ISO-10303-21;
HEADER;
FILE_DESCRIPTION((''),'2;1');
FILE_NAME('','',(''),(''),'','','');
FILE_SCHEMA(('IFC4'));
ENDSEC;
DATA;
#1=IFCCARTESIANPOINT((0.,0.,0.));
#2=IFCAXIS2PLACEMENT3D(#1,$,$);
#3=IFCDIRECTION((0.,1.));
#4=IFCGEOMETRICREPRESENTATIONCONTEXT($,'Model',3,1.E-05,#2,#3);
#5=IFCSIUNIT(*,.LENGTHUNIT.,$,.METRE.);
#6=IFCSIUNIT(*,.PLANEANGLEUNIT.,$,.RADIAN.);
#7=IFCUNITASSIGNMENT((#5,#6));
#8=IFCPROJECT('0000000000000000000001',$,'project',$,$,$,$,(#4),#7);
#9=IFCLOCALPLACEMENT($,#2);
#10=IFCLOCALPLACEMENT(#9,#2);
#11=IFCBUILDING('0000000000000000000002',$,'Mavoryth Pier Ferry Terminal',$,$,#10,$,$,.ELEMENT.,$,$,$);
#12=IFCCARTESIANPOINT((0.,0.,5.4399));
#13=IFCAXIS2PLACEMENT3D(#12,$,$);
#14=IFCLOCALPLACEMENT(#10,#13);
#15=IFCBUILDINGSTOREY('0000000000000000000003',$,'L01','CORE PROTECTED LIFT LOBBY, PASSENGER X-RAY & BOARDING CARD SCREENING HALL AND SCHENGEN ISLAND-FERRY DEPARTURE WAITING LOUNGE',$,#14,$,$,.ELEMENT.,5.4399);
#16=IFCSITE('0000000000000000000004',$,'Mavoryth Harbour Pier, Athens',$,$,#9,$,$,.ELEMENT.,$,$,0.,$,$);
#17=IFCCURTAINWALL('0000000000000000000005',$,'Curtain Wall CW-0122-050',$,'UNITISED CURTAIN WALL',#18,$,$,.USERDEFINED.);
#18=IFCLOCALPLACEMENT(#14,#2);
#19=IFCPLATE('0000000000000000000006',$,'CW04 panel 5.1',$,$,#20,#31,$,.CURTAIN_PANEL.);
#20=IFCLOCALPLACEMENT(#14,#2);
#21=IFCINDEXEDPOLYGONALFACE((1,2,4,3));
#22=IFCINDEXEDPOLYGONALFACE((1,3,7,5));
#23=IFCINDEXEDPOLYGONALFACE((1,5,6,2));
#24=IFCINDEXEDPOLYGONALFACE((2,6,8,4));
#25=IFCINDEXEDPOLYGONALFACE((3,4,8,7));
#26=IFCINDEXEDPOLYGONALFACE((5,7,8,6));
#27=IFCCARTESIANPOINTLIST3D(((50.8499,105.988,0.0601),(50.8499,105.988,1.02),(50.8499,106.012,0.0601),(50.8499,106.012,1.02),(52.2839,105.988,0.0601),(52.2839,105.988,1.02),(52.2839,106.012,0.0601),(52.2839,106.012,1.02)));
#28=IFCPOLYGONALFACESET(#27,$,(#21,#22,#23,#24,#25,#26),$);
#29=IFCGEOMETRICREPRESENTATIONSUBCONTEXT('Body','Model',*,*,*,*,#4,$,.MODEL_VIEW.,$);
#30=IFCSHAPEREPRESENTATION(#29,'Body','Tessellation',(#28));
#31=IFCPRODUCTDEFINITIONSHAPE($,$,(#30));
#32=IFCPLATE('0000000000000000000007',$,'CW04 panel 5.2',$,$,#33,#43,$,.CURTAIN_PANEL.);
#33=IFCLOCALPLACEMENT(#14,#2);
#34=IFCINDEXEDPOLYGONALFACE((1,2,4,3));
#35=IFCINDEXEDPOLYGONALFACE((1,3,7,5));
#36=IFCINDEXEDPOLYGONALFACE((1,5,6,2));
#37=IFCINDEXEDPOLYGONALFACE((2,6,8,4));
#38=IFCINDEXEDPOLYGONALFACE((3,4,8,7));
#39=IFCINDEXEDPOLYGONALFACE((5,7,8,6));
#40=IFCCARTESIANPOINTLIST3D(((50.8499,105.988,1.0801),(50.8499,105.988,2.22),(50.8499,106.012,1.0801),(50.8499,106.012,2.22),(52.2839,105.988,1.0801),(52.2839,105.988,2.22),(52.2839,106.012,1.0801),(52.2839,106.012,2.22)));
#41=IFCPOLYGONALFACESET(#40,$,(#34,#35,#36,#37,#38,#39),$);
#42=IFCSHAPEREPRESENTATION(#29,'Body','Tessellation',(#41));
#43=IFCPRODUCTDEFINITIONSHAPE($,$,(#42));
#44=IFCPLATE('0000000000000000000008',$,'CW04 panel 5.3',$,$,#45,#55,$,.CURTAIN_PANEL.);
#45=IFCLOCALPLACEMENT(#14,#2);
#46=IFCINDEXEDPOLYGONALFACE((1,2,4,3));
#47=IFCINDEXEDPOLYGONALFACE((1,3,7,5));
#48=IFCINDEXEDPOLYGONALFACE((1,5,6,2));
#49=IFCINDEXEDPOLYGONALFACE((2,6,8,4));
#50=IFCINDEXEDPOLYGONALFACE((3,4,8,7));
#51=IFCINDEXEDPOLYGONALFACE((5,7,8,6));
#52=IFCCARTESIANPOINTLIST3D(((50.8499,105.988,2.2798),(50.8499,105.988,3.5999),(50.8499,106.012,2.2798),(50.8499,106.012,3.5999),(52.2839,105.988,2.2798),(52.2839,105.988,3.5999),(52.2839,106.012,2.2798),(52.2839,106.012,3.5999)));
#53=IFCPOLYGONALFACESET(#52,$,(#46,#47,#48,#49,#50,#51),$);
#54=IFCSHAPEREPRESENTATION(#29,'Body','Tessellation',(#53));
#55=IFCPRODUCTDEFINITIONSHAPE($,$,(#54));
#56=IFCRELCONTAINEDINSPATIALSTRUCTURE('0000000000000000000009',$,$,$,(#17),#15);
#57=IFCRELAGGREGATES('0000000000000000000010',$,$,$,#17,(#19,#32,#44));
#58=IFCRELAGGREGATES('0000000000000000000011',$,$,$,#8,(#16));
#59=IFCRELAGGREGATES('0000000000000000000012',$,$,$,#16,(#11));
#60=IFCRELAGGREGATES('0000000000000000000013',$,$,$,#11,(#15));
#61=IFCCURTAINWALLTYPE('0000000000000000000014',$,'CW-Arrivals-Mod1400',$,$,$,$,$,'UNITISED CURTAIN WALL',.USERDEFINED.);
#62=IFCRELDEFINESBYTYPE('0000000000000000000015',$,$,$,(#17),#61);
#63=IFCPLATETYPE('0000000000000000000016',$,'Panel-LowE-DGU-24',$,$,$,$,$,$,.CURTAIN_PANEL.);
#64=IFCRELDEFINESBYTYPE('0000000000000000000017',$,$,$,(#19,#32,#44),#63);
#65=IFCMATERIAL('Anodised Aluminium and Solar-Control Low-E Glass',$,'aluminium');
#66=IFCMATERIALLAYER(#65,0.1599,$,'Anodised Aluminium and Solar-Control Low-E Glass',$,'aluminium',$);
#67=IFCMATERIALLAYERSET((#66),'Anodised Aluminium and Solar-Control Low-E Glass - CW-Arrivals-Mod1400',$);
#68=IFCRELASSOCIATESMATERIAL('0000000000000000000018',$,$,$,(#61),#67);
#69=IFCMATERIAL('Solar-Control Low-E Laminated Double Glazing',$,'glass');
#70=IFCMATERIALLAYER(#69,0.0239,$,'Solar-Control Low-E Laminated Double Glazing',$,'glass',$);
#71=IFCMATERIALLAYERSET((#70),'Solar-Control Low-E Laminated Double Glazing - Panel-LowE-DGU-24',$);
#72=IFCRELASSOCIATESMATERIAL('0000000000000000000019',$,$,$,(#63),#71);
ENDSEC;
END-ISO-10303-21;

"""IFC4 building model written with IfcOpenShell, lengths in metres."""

from ifc_helpers import new_model, si_unit, direction, frame, origin, origin_2d, place, context, subcontext, project, spatial, rectangle, extrude, material, layer, layer_set, type_object, element, aggregate, save


model = new_model("IFC4")

# Units and contexts
model_context = context("Model", 3, precision=1e-05, world=origin(), true_north=direction((0.0, 1.0)))
body_context = subcontext(model_context, "Body", "Model", "MODEL_VIEW")
ifc_project = project(units=[si_unit("LENGTHUNIT", "METRE"), si_unit("PLANEANGLEUNIT", "RADIAN")], contexts=[model_context])

# Site, building, storey
site_placement = place(None, origin())
site = spatial("IfcSite", under=ifc_project, at=site_placement, Name="Mavoryth Harbour Pier, Athens", CompositionType="ELEMENT", RefElevation=0.0)
building_placement = place(site_placement, origin())
building = spatial("IfcBuilding", under=site, at=building_placement, Name="Mavoryth Pier Ferry Terminal", CompositionType="ELEMENT")
storey_placement = place(building_placement, frame((0.0, 0.0, 5.4399)))
storey = spatial("IfcBuildingStorey", under=building, at=storey_placement, Name="L01", Description="CORE PROTECTED LIFT LOBBY, PASSENGER X-RAY & BOARDING CARD SCREENING HALL AND SCHENGEN ISLAND-FERRY DEPARTURE WAITING LOUNGE", CompositionType="ELEMENT", Elevation=5.4399)

# Curtain wall
ifc_material_1 = material(Name="Anodised Aluminium and Solar-Control Low-E Glass", Category="aluminium")
ifc_layer_1 = layer(ifc_material_1, 0.1599, Name="Anodised Aluminium and Solar-Control Low-E Glass", Category="aluminium")
ifc_layer_set_1 = layer_set([ifc_layer_1], Name="Anodised Aluminium and Solar-Control Low-E Glass - CW-Arrivals-Mod1400")
curtain_wall_type = type_object("IfcCurtainWallType", Name="CW-Arrivals-Mod1400", ElementType="UNITISED CURTAIN WALL", PredefinedType="USERDEFINED", material=ifc_layer_set_1)
curtain_wall_placement = place(storey_placement, origin())
curtain_wall = element("IfcCurtainWall", 1, at=curtain_wall_placement, inside=storey, type_object=curtain_wall_type, Name="Curtain Wall CW-0122-050", ObjectType="UNITISED CURTAIN WALL", PredefinedType="USERDEFINED")

# Plates
ifc_material_2 = material(Name="Solar-Control Low-E Laminated Double Glazing", Category="glass")
ifc_layer_2 = layer(ifc_material_2, 0.0239, Name="Solar-Control Low-E Laminated Double Glazing", Category="glass")
ifc_layer_set_2 = layer_set([ifc_layer_2], Name="Solar-Control Low-E Laminated Double Glazing - Panel-LowE-DGU-24")
plate_type = type_object("IfcPlateType", Name="Panel-LowE-DGU-24", PredefinedType="CURTAIN_PANEL", material=ifc_layer_set_2)
plate_1_placement = place(storey_placement, frame((51.5669, 106.0, 0.0601), z_axis=(0.0, 0.0, 1.0), x_axis=(-1.0, 0.0, 0.0)))
plate_1 = element("IfcPlate", 2, at=plate_1_placement, type_object=plate_type, Name="CW04 panel 5.1", PredefinedType="CURTAIN_PANEL", context=body_context, shape_type="SweptSolid", body=[
    extrude(rectangle(XDim=1.4341, YDim=0.0239, at=origin_2d()), origin(), (0.0, 0.0, 1.0), 0.96),
])
plate_2_placement = place(storey_placement, frame((51.5669, 106.0, 1.0801), z_axis=(0.0, 0.0, 1.0), x_axis=(-1.0, 0.0, 0.0)))
plate_2 = element("IfcPlate", 3, at=plate_2_placement, type_object=plate_type, Name="CW04 panel 5.2", PredefinedType="CURTAIN_PANEL", context=body_context, shape_type="SweptSolid", body=[
    extrude(rectangle(XDim=1.4341, YDim=0.0239, at=origin_2d()), origin(), (0.0, 0.0, 1.0), 1.1399),
])
plate_3_placement = place(storey_placement, frame((51.5669, 106.0, 2.2798), z_axis=(0.0, 0.0, 1.0), x_axis=(-1.0, 0.0, 0.0)))
plate_3 = element("IfcPlate", 4, at=plate_3_placement, type_object=plate_type, Name="CW04 panel 5.3", PredefinedType="CURTAIN_PANEL", context=body_context, shape_type="SweptSolid", body=[
    extrude(rectangle(XDim=1.4341, YDim=0.0239, at=origin_2d()), origin(), (0.0, 0.0, 1.0), 1.3201),
])
aggregate(curtain_wall, [plate_1, plate_2, plate_3])

save(model, "model.ifc")
